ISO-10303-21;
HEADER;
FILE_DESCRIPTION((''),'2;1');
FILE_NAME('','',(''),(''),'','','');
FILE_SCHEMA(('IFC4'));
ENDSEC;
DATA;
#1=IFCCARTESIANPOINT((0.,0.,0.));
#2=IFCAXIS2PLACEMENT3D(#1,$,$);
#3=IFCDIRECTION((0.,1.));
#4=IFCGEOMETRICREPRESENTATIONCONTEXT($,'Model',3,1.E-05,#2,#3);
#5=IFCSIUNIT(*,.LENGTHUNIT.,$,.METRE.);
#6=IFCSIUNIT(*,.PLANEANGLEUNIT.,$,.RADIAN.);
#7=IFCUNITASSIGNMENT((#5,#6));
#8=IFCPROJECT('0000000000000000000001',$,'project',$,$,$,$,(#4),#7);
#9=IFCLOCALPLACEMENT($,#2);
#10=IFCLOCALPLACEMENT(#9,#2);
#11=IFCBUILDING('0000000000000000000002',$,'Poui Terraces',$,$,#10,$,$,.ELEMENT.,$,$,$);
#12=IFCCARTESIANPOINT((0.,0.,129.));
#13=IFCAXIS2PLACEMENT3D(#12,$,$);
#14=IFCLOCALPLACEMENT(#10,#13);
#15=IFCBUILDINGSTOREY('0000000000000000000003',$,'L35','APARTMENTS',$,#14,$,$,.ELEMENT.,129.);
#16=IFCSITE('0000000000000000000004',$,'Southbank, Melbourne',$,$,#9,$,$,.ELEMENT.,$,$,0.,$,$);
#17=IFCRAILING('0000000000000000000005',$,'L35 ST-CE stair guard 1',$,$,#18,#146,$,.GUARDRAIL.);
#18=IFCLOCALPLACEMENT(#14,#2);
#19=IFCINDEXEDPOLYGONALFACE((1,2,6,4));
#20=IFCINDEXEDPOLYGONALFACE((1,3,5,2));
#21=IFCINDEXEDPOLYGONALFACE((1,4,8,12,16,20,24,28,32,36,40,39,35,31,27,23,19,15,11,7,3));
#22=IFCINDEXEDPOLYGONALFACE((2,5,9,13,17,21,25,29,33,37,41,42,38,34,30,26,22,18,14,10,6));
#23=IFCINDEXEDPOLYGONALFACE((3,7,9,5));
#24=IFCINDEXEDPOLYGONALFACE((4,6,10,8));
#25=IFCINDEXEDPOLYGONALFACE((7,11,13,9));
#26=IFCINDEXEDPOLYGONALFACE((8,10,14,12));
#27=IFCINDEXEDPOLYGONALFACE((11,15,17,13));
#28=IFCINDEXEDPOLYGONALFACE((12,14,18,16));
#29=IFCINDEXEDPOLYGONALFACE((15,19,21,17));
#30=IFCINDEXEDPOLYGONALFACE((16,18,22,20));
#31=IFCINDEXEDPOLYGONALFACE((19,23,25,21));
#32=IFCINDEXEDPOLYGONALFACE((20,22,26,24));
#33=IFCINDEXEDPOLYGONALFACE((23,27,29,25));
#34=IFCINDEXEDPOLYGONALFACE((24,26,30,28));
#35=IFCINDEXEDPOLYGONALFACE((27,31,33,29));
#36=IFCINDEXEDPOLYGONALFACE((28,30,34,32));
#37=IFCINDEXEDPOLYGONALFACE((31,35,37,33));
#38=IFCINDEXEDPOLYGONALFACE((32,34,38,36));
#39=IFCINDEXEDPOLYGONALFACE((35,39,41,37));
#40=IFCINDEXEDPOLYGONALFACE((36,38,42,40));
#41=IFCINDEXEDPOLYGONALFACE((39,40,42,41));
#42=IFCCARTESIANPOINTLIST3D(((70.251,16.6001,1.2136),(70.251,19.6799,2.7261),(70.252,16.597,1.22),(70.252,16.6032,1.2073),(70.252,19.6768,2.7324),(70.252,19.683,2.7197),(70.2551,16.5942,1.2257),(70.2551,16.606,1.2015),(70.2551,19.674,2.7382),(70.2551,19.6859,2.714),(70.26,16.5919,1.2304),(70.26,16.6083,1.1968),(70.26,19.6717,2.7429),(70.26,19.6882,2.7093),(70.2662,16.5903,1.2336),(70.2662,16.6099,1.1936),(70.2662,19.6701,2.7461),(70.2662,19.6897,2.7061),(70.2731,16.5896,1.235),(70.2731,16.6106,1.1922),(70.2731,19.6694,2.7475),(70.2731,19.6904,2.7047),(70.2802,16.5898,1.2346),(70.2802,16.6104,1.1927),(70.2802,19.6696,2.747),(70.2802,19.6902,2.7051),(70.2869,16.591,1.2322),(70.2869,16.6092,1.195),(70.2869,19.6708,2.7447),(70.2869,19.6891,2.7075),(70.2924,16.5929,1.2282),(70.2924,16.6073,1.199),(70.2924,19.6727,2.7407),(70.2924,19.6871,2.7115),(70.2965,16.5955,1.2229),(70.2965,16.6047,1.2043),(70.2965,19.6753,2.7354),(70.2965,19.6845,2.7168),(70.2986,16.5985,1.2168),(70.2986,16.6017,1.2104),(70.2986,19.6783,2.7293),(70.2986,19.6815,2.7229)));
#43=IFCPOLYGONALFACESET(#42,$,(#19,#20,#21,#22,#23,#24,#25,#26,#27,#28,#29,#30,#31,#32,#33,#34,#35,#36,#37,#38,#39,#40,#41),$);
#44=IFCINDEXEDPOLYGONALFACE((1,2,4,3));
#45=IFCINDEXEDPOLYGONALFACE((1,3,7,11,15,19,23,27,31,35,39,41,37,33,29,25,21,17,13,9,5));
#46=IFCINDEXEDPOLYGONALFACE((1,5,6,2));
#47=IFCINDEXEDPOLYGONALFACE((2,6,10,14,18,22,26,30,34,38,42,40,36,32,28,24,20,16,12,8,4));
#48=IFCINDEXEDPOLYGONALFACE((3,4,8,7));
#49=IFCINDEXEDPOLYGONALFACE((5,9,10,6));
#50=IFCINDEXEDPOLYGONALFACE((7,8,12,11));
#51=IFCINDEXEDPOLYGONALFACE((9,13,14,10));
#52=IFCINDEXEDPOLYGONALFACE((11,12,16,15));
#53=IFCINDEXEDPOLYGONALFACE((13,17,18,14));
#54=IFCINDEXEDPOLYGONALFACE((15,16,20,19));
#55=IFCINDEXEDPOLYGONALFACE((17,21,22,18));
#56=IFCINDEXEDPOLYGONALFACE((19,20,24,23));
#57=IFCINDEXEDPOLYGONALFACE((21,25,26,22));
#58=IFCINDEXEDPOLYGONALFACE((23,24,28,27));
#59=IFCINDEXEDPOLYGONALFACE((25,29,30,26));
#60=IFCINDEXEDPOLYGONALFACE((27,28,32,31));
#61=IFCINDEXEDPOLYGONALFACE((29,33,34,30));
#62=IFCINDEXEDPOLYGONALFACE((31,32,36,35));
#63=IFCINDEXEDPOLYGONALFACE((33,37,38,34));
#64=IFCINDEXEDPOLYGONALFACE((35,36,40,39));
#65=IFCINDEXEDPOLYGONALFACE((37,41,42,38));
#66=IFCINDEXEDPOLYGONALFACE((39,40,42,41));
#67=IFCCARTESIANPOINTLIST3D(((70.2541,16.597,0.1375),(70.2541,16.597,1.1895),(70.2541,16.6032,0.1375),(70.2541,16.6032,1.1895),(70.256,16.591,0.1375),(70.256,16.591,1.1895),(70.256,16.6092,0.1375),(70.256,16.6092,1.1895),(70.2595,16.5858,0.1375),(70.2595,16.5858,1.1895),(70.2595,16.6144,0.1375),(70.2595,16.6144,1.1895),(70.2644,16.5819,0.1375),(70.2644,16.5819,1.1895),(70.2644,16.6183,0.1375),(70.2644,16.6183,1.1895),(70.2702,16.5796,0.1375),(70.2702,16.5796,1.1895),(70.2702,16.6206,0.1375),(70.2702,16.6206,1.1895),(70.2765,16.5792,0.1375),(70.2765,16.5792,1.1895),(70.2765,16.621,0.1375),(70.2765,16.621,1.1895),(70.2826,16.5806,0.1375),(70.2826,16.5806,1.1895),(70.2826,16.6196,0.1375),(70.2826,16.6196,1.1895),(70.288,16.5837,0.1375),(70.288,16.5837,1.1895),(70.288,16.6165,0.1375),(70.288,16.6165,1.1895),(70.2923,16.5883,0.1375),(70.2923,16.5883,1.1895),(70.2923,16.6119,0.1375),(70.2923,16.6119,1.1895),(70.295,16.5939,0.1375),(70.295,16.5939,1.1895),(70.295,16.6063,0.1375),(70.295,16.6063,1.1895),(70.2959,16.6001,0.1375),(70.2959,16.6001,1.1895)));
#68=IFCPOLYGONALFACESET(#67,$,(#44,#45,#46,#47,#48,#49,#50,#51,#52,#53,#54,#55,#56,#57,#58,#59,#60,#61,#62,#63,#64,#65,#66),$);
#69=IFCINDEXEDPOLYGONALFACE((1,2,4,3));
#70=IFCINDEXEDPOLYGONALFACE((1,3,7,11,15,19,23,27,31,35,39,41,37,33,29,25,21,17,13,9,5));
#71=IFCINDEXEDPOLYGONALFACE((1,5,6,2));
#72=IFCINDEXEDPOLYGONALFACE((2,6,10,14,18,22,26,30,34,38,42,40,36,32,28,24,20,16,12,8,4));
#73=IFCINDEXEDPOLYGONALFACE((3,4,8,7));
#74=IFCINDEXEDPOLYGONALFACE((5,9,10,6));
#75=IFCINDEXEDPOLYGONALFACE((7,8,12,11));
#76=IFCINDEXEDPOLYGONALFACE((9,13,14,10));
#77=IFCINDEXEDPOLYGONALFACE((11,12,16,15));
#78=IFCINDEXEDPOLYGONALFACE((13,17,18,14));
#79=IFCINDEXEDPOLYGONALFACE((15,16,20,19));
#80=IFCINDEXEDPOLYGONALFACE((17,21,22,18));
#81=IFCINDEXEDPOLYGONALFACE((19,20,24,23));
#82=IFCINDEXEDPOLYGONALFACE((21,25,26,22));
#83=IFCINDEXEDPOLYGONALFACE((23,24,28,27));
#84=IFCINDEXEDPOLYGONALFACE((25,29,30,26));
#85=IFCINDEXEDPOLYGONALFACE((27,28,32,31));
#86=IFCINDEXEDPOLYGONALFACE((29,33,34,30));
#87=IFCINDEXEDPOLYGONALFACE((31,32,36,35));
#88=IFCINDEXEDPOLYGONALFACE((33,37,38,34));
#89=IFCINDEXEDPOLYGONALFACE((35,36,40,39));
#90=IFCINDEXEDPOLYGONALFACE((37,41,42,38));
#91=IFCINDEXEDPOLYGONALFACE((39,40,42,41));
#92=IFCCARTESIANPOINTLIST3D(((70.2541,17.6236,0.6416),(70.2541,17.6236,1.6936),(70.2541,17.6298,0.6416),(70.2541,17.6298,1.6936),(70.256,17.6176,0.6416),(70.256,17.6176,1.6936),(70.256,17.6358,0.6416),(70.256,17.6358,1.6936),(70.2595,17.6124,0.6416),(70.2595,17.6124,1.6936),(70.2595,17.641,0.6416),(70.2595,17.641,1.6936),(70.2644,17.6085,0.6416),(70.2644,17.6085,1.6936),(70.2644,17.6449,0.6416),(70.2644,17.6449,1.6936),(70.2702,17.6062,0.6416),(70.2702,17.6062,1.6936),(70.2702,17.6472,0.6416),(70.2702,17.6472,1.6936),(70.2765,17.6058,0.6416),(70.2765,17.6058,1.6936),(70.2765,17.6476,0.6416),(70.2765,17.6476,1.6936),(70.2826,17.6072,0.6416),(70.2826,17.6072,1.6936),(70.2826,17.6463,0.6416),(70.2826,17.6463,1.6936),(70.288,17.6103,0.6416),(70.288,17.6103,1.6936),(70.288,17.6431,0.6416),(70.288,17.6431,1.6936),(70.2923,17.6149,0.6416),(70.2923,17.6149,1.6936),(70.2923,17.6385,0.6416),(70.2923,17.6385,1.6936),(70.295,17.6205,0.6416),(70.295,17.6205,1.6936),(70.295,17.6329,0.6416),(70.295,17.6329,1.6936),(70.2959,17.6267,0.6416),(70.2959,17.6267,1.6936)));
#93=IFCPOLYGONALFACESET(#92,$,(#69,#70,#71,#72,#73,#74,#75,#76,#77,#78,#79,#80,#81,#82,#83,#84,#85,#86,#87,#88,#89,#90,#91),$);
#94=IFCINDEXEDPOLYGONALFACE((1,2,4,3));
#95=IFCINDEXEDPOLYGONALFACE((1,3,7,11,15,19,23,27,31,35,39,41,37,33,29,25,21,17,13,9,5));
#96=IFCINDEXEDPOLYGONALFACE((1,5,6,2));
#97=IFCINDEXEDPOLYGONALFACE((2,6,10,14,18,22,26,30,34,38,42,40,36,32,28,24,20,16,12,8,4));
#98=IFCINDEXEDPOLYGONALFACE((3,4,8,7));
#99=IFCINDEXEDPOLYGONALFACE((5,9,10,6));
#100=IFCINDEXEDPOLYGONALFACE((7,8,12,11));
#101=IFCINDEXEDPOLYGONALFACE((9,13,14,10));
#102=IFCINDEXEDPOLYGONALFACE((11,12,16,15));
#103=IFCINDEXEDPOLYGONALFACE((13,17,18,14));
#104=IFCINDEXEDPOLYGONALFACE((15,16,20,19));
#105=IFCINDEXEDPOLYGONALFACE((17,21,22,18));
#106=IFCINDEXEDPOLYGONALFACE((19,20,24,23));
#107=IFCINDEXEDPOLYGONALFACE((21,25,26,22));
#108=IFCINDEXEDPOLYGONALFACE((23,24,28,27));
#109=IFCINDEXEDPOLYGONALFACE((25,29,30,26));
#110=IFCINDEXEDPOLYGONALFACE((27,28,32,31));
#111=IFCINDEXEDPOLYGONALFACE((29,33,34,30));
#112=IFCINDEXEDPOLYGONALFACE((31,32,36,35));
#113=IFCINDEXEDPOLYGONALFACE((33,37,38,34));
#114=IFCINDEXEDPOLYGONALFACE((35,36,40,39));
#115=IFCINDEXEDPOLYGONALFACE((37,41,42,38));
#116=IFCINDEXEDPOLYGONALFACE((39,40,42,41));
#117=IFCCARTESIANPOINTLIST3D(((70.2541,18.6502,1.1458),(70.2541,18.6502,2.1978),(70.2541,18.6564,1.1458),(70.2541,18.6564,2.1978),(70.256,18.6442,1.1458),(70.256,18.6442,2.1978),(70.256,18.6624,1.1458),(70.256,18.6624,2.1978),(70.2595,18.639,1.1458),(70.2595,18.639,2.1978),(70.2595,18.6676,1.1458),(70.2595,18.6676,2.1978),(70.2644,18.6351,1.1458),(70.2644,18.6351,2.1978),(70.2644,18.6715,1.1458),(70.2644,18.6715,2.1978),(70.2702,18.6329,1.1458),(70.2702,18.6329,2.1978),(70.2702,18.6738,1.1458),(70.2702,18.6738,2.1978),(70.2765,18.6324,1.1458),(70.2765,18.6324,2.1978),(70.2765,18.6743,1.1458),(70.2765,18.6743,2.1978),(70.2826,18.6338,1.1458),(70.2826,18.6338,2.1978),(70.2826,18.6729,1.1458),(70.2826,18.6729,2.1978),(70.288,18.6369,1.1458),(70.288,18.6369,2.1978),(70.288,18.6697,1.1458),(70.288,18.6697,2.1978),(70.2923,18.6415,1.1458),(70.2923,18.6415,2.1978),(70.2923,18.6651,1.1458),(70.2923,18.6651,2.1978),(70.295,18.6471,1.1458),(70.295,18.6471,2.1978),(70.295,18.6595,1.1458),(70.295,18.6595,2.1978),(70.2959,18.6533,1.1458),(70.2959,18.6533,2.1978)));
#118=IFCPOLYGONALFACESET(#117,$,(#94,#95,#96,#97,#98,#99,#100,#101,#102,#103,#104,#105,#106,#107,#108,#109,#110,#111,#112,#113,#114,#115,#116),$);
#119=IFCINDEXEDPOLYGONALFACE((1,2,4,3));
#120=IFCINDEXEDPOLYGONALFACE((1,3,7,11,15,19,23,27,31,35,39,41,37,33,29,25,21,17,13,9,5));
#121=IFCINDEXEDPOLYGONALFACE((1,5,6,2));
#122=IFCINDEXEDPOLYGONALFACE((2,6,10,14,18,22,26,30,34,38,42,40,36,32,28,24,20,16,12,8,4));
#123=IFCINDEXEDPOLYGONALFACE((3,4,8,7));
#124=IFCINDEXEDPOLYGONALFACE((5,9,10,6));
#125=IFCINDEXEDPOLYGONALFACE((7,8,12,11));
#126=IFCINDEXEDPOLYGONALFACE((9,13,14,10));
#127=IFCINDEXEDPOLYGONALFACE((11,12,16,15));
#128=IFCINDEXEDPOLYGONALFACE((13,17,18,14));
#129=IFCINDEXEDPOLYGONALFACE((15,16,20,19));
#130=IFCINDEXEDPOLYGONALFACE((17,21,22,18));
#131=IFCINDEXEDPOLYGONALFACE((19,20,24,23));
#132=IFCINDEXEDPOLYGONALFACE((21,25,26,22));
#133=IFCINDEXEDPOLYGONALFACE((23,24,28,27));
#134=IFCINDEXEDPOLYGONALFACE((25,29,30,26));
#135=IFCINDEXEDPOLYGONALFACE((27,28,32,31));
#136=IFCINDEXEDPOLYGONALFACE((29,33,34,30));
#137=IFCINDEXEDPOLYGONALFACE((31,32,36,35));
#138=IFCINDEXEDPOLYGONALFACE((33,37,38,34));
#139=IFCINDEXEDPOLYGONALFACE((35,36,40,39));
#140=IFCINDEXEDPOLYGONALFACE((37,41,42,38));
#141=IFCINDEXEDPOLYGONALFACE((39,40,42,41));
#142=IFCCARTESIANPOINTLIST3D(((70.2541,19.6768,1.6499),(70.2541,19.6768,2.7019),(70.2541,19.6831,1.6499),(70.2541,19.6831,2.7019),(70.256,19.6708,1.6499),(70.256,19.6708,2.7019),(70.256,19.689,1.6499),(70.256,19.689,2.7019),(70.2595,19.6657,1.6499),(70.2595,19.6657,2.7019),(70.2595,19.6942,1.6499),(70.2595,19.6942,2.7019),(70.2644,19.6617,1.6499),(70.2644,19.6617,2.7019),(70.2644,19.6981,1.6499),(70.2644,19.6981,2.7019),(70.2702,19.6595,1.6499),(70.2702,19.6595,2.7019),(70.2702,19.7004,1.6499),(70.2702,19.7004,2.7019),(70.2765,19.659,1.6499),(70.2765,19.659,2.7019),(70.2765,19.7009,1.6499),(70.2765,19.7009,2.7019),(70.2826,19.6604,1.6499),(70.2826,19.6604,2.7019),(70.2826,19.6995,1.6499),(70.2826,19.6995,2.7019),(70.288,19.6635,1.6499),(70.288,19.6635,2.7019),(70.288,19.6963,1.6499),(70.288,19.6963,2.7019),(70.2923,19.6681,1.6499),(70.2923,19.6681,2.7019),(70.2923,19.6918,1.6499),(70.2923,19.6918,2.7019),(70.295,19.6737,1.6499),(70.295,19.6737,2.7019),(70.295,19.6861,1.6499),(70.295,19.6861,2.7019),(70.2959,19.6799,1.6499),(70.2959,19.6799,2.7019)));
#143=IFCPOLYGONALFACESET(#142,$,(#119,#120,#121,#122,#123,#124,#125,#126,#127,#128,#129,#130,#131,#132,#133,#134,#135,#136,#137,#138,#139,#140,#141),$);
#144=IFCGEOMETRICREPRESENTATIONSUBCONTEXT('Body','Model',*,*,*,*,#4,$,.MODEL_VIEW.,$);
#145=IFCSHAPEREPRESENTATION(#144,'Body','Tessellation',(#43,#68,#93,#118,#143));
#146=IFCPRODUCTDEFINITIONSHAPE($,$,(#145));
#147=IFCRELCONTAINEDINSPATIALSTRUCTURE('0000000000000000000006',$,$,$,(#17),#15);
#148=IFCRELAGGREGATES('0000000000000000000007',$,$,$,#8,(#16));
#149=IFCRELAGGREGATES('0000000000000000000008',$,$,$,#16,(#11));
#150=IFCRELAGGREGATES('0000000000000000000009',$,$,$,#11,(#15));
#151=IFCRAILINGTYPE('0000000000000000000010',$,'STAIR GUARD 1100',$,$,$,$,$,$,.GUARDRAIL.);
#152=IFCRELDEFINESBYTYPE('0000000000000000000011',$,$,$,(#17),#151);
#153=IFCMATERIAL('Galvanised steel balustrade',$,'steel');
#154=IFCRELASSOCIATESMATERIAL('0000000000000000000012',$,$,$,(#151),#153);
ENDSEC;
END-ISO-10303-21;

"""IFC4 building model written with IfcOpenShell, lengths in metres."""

from ifc_helpers import new_model, si_unit, direction, frame, origin, origin_2d, place, context, subcontext, project, spatial, circle, extrude, material, type_object, element, save


model = new_model("IFC4")

# Units and contexts
model_context = context("Model", 3, precision=1e-05, world=origin(), true_north=direction((0.0, 1.0)))
body_context = subcontext(model_context, "Body", "Model", "MODEL_VIEW")
ifc_project = project(units=[si_unit("LENGTHUNIT", "METRE"), si_unit("PLANEANGLEUNIT", "RADIAN")], contexts=[model_context])

# Site, building, storey
site_placement = place(None, origin())
site = spatial("IfcSite", under=ifc_project, at=site_placement, Name="Southbank, Melbourne", CompositionType="ELEMENT", RefElevation=0.0)
building_placement = place(site_placement, origin())
building = spatial("IfcBuilding", under=site, at=building_placement, Name="Poui Terraces", CompositionType="ELEMENT")
storey_placement = place(building_placement, frame((0.0, 0.0, 129.0)))
storey = spatial("IfcBuildingStorey", under=building, at=storey_placement, Name="L35", Description="APARTMENTS", CompositionType="ELEMENT", Elevation=129.0)

# Railing
ifc_material_1 = material(Name="Galvanised steel balustrade", Category="steel")
railing_type_1 = type_object("IfcRailingType", Name="STAIR GUARD 1100", PredefinedType="GUARDRAIL", material=ifc_material_1)
railing_1_placement = place(storey_placement, frame((70.2749, 16.6001, 0.1375)))
element("IfcRailing", 1, at=railing_1_placement, inside=storey, type_object=railing_type_1, Name="L35 ST-CE stair guard 1", PredefinedType="GUARDRAIL", context=body_context, shape_type="SweptSolid", body=[
    extrude(circle(Radius=0.0239, at=origin_2d()), frame((0.0, 0.0, 1.0762), z_axis=(0.0, 0.897606, 0.440798), x_axis=(-1.0, 0.0, 0.0)), (0.0, 0.0, 1.0), 3.4312),
    extrude(circle(Radius=0.021, at=origin_2d()), origin(), (0.0, 0.0, 1.0), 1.052),
    extrude(circle(Radius=0.021, at=origin_2d()), frame((0.0, 1.0266, 0.5042)), (0.0, 0.0, 1.0), 1.052),
    extrude(circle(Radius=0.021, at=origin_2d()), frame((0.0, 2.0532, 1.0083)), (0.0, 0.0, 1.0), 1.052),
    extrude(circle(Radius=0.021, at=origin_2d()), frame((0.0, 3.0798, 1.5125)), (0.0, 0.0, 1.0), 1.052),
])

save(model, "model.ifc")
